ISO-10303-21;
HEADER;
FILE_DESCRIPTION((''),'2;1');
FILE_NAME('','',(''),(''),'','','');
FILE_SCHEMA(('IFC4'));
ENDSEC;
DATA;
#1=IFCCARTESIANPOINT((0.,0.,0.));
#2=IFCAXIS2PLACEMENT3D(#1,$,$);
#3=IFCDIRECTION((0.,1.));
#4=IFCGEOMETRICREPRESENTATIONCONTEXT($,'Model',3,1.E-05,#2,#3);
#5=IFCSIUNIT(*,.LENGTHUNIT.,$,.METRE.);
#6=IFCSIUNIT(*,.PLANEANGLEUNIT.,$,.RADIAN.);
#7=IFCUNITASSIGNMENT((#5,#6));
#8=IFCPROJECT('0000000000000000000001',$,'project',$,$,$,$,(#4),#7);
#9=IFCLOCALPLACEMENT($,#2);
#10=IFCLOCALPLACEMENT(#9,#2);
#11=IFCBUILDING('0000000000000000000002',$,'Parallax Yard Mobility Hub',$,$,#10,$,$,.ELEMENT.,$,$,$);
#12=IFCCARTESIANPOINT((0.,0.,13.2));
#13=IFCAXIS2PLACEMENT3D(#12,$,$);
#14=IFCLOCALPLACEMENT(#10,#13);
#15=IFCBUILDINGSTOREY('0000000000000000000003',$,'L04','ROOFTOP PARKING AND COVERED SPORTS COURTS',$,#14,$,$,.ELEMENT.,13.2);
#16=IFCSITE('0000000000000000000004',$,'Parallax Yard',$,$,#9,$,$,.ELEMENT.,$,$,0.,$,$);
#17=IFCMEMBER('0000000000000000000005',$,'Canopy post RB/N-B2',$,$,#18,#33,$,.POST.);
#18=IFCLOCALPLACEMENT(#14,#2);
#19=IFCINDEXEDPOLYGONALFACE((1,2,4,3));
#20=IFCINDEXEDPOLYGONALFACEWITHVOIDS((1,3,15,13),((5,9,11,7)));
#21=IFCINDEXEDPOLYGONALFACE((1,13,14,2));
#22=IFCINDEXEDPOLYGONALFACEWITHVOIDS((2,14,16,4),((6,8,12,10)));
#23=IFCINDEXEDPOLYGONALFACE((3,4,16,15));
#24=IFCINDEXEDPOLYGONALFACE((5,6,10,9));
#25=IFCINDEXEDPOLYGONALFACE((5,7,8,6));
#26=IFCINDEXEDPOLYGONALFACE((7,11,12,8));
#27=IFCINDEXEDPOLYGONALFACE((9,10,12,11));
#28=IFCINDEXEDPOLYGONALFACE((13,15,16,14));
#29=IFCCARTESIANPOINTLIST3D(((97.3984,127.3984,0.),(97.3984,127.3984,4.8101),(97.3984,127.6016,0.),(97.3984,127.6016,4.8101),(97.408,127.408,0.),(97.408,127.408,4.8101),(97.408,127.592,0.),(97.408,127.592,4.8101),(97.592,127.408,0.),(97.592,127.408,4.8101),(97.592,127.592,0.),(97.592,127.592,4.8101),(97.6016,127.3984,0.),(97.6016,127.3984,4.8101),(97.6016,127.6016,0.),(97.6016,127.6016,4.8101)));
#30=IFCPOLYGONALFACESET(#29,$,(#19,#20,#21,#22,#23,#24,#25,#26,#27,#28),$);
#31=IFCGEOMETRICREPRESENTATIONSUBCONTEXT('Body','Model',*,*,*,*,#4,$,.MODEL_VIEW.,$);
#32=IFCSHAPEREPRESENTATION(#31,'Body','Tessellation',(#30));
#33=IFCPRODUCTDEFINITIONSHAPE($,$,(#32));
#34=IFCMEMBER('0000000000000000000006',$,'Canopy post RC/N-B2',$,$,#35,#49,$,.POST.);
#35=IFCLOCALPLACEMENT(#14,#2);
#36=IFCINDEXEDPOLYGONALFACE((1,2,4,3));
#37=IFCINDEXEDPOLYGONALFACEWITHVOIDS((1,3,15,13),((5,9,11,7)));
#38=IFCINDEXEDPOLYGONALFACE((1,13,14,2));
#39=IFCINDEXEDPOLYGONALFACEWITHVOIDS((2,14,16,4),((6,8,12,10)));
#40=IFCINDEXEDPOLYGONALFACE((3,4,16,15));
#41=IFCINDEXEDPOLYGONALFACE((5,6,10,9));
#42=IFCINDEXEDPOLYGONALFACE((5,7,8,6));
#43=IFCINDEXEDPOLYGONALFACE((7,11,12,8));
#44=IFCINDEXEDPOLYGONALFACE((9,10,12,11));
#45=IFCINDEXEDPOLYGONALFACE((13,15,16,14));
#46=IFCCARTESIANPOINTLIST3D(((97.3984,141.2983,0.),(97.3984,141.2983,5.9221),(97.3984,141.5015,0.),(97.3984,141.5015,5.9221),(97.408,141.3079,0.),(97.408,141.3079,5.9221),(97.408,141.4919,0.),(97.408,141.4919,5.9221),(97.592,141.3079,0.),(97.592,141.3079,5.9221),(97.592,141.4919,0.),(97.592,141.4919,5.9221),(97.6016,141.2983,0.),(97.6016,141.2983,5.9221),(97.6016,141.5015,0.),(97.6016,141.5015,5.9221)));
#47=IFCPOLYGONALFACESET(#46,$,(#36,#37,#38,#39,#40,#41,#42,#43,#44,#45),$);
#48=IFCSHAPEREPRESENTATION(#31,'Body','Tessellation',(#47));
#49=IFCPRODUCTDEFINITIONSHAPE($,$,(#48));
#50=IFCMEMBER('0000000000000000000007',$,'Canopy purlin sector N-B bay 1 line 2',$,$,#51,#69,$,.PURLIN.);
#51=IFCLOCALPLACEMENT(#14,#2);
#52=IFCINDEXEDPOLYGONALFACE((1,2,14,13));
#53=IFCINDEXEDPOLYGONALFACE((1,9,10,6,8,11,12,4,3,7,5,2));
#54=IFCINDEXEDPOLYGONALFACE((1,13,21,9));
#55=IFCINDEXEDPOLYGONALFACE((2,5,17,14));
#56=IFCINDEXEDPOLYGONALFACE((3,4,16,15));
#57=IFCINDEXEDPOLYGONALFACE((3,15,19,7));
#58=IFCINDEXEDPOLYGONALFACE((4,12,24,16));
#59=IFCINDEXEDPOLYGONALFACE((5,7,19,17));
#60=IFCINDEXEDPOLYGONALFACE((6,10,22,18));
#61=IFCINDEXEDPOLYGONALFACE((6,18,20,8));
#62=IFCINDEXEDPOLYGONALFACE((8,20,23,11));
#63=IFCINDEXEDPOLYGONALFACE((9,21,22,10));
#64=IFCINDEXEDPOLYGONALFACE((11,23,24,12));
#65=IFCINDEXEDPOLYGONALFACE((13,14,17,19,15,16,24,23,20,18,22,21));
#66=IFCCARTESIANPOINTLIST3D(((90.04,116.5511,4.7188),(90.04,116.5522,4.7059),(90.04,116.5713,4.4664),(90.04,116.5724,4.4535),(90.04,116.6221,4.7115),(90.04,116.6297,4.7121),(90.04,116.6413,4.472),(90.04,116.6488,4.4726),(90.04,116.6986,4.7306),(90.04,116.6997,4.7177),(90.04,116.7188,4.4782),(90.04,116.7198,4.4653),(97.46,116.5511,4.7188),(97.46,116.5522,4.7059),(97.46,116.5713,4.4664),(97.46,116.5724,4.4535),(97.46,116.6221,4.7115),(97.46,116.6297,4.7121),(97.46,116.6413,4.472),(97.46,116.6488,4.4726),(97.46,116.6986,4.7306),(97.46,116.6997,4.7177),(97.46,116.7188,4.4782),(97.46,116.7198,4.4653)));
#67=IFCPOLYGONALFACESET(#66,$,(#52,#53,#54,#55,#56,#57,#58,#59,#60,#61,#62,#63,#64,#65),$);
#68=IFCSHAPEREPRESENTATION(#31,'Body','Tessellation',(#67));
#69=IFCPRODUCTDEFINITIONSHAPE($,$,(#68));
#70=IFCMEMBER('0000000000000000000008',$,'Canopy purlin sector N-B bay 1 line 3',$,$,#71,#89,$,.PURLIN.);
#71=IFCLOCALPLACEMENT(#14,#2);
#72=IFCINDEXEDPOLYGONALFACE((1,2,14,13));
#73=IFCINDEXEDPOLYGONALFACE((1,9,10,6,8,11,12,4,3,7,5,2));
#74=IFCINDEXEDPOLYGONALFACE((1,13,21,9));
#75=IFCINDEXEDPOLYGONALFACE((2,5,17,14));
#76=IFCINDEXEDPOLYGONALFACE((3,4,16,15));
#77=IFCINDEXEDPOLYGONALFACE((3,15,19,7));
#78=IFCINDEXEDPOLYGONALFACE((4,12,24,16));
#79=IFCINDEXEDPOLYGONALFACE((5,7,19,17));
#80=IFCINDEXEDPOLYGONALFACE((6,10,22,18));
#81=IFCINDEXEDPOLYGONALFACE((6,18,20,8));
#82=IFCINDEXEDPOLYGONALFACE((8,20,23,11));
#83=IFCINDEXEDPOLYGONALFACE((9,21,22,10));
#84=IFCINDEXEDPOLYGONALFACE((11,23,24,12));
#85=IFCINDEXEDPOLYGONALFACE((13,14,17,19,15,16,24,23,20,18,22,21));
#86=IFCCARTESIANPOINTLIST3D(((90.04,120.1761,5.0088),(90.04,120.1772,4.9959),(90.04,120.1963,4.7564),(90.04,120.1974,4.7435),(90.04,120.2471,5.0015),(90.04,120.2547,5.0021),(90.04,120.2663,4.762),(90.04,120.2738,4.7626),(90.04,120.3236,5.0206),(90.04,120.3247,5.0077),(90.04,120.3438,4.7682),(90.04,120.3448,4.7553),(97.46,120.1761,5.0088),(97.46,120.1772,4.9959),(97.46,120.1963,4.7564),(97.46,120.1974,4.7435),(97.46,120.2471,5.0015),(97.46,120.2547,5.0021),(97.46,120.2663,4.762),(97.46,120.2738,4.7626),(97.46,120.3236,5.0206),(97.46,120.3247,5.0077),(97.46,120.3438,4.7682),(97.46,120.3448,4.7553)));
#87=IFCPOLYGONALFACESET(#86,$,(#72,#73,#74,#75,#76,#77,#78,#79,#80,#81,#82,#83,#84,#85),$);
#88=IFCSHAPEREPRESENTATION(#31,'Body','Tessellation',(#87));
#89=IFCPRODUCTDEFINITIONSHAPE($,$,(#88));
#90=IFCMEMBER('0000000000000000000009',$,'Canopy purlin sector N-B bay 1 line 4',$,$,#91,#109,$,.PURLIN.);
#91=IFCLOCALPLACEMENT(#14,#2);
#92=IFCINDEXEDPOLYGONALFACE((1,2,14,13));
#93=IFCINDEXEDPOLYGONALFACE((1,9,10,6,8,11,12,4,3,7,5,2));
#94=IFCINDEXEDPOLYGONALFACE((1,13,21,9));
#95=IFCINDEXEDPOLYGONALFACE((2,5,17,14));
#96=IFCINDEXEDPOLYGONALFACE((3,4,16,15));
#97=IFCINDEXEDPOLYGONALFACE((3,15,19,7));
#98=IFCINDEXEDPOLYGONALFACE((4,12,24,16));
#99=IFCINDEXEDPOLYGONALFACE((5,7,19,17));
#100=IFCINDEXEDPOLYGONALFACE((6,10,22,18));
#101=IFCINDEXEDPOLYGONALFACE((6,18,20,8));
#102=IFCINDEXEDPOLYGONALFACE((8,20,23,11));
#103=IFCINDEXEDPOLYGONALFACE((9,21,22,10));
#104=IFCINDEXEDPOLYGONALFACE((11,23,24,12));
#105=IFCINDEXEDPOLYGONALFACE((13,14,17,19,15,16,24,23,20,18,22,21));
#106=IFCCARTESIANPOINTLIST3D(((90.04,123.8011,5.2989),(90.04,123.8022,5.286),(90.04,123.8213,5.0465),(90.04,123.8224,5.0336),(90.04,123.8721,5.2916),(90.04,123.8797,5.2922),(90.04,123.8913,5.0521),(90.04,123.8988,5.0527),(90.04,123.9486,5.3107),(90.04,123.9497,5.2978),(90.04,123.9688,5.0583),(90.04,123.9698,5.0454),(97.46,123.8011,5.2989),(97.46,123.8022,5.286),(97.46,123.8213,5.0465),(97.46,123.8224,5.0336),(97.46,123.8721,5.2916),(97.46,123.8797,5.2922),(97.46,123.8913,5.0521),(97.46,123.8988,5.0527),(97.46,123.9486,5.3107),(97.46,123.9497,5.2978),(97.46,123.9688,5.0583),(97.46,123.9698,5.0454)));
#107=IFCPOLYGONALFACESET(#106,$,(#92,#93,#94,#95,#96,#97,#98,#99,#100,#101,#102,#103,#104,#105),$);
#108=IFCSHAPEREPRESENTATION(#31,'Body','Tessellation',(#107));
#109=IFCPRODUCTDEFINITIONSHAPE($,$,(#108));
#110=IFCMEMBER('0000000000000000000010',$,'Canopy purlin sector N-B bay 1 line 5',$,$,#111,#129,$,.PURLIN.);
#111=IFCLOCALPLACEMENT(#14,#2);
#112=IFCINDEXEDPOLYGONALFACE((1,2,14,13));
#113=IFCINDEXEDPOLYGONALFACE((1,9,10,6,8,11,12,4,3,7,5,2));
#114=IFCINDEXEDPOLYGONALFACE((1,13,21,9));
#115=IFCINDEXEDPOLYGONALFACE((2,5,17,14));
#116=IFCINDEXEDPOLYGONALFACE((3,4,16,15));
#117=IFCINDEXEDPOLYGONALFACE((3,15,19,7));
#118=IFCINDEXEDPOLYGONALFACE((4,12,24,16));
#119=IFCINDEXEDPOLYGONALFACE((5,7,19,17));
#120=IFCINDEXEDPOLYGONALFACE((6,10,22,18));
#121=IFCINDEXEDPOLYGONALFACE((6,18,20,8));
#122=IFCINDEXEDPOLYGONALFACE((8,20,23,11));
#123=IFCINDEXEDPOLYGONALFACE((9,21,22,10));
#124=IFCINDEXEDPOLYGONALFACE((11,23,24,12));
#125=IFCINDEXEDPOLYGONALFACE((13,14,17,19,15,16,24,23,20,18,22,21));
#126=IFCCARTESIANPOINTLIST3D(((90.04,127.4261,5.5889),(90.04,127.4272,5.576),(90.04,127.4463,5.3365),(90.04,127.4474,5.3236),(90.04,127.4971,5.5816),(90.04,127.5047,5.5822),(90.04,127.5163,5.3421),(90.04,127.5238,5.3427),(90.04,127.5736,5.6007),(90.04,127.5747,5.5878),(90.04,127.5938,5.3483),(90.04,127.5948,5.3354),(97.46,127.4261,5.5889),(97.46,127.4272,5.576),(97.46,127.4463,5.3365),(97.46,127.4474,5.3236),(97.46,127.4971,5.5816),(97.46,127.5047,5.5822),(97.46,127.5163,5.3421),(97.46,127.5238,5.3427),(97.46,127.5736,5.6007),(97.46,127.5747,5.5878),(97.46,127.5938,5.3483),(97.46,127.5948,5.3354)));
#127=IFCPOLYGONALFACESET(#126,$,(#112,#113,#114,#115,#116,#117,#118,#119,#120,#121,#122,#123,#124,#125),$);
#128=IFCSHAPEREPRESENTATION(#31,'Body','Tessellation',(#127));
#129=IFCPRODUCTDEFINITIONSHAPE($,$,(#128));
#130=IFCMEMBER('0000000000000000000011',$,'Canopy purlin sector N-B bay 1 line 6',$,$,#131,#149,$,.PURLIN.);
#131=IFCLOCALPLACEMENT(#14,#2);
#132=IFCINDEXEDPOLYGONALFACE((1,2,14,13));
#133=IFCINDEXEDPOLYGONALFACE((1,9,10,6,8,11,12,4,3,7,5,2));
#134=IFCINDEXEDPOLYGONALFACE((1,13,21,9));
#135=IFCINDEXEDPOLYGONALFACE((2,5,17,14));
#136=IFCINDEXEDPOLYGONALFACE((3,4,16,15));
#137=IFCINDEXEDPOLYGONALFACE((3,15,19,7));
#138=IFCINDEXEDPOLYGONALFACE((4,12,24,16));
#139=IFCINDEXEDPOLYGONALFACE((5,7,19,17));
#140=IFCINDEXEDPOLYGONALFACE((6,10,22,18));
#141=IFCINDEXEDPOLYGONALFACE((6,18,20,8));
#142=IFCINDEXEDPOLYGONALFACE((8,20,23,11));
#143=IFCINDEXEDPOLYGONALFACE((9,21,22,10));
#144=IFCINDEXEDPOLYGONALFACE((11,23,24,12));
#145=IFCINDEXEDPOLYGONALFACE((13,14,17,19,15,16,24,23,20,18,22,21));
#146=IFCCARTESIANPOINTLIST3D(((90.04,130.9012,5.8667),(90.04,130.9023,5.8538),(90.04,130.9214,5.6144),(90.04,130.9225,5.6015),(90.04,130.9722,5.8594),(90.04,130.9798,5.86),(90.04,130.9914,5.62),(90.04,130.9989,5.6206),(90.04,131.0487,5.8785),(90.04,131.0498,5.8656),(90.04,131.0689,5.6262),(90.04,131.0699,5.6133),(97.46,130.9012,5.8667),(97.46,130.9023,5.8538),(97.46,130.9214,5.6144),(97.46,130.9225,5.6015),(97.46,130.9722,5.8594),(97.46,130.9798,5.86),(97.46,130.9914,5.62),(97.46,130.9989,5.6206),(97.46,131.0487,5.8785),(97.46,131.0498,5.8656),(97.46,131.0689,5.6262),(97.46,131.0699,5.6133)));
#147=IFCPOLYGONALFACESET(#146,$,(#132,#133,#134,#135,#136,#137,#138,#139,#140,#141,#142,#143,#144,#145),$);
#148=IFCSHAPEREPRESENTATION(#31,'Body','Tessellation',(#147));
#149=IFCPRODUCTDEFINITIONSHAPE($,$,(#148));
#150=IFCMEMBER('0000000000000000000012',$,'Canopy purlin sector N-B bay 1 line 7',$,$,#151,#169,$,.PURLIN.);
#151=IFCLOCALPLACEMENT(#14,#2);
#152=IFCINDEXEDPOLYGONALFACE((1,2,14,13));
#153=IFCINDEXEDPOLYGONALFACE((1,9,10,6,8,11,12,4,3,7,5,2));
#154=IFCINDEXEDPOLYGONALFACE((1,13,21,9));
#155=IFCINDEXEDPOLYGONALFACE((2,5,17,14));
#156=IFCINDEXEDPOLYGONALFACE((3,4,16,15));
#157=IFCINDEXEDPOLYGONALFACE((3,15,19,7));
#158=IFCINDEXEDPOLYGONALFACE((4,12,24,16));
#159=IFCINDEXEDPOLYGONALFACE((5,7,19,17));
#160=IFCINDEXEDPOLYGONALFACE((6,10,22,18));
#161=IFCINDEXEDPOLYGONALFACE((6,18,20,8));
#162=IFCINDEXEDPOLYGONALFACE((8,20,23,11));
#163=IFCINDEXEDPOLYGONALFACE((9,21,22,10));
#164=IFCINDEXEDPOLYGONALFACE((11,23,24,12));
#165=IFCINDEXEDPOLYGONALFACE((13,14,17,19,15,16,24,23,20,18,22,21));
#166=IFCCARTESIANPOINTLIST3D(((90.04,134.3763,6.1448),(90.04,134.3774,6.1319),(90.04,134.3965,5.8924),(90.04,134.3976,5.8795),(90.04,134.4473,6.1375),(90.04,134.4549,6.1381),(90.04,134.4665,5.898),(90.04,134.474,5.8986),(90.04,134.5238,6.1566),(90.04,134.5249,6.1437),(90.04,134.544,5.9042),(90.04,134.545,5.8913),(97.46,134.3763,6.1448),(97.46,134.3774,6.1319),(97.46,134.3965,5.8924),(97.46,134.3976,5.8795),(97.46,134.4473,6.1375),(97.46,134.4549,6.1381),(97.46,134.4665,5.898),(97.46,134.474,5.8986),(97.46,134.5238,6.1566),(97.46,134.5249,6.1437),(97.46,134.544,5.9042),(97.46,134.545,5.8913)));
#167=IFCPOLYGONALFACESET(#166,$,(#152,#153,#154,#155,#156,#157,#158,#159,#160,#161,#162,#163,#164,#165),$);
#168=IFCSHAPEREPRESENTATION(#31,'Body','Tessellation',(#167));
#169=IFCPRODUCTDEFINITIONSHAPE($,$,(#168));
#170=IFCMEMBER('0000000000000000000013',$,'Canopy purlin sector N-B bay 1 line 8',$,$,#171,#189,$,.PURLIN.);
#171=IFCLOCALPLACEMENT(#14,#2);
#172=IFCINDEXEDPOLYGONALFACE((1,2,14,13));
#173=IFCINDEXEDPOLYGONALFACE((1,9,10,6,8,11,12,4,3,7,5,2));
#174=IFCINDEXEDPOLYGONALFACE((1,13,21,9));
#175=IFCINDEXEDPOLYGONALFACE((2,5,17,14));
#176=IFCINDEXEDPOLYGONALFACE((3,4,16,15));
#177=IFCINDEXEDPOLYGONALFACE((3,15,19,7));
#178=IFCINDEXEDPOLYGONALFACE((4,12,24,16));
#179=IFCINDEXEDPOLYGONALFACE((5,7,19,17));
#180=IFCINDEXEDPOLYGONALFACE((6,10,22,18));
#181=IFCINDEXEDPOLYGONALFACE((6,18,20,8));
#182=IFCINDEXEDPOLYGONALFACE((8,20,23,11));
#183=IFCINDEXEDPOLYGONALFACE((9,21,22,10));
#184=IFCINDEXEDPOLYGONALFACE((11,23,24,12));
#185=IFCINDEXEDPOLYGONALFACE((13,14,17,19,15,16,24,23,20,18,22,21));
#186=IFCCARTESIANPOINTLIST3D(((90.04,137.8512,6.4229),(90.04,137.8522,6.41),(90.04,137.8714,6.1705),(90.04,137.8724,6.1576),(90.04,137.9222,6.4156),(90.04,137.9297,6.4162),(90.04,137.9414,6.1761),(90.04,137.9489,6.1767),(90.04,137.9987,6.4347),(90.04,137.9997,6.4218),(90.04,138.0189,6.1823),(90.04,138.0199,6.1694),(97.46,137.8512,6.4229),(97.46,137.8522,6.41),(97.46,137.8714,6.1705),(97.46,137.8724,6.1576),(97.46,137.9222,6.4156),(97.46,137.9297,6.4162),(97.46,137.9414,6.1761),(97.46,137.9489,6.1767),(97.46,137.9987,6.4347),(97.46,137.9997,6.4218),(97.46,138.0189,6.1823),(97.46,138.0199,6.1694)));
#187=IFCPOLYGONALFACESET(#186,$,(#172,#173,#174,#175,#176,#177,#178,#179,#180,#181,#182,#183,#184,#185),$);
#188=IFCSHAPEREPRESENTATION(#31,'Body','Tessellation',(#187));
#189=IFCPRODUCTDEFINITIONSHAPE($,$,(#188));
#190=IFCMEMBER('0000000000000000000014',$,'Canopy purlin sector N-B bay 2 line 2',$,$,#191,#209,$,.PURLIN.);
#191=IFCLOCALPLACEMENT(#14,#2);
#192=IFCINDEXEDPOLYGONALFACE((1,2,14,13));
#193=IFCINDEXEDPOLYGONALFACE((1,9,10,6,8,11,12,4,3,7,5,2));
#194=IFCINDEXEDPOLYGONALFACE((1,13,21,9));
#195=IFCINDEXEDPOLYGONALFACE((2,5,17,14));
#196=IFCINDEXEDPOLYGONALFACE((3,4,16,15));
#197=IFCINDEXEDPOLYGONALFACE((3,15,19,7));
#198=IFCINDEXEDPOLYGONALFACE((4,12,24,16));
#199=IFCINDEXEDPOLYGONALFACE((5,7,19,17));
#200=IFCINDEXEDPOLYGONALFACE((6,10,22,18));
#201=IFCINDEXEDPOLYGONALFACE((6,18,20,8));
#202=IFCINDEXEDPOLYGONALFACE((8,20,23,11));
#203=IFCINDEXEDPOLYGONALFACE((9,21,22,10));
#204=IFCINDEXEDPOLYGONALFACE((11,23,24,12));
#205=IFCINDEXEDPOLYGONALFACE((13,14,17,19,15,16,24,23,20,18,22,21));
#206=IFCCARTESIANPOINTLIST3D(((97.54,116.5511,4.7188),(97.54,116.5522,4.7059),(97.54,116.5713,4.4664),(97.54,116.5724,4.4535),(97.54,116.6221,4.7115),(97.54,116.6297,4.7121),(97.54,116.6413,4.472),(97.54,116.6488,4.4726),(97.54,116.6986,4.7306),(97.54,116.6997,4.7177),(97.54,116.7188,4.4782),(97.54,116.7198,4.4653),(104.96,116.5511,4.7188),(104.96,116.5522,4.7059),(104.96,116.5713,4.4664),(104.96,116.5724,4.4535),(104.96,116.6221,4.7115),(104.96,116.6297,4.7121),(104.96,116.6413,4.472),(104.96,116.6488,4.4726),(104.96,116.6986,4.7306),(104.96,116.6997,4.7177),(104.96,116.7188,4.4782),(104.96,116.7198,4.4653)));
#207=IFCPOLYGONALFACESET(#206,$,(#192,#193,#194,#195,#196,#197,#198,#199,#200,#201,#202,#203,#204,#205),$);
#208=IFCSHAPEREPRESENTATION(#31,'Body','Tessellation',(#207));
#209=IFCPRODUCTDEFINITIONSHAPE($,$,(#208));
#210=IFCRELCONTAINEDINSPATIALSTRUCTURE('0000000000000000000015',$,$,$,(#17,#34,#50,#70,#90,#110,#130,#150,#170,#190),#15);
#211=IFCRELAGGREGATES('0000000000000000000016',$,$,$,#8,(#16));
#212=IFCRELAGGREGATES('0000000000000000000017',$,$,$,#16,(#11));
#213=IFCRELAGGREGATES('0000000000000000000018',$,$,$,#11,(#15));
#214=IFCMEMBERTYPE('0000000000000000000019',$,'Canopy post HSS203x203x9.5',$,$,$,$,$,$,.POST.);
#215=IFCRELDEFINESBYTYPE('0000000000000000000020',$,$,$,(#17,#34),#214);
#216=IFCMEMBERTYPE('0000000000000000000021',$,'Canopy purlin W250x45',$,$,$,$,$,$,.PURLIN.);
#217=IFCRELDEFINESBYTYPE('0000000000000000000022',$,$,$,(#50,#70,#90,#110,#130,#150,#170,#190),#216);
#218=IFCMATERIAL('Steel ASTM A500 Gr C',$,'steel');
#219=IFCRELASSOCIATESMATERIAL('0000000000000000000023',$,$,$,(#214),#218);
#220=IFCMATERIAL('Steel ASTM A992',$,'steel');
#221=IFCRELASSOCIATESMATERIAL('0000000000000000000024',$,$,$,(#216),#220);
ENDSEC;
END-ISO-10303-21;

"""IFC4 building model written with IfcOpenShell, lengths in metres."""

from ifc_helpers import new_model, si_unit, direction, frame, origin, origin_2d, place, context, subcontext, project, spatial, hollow_rectangle, i_section, extrude, material, material_profile, profile_set, type_object, element, save


model = new_model("IFC4")

# Units and contexts
model_context = context("Model", 3, precision=1e-05, world=origin(), true_north=direction((0.0, 1.0)))
body_context = subcontext(model_context, "Body", "Model", "MODEL_VIEW")
ifc_project = project(units=[si_unit("LENGTHUNIT", "METRE"), si_unit("PLANEANGLEUNIT", "RADIAN")], contexts=[model_context])

# Site, building, storey
site_placement = place(None, origin())
site = spatial("IfcSite", under=ifc_project, at=site_placement, Name="Parallax Yard", CompositionType="ELEMENT", RefElevation=0.0)
building_placement = place(site_placement, origin())
building = spatial("IfcBuilding", under=site, at=building_placement, Name="Parallax Yard Mobility Hub", CompositionType="ELEMENT")
storey_placement = place(building_placement, frame((0.0, 0.0, 13.2)))
storey = spatial("IfcBuildingStorey", under=building, at=storey_placement, Name="L04", Description="ROOFTOP PARKING AND COVERED SPORTS COURTS", CompositionType="ELEMENT", Elevation=13.2)

# Members
ifc_material_1 = material(Name="Steel ASTM A500 Gr C", Category="steel")
ifc_material_profile_1 = material_profile(ifc_material_1, hollow_rectangle(XDim=0.2031, YDim=0.2031, WallThickness=0.0095, at=origin_2d()), Name="HSS203x203x9.5")
ifc_profile_set_1 = profile_set([ifc_material_profile_1], Name="Steel ASTM A500 Gr C")
member_type_1 = type_object("IfcMemberType", Name="Canopy post HSS203x203x9.5", PredefinedType="POST", material=ifc_profile_set_1)
member_1_placement = place(storey_placement, frame((97.5, 127.5, 0.0), z_axis=(0.0, 0.0, 1.0), x_axis=(1.0, 0.0, 0.0)))
element("IfcMember", 1, at=member_1_placement, inside=storey, type_object=member_type_1, Name="Canopy post RB/N-B2", PredefinedType="POST", context=body_context, shape_type="SweptSolid", body=[
    extrude(hollow_rectangle(XDim=0.2031, YDim=0.2031, WallThickness=0.0095, at=origin_2d()), origin(), (0.0, 0.0, 1.0), 4.8101),
])
member_2_placement = place(storey_placement, frame((97.5, 141.3999, 0.0), z_axis=(0.0, 0.0, 1.0), x_axis=(1.0, 0.0, 0.0)))
element("IfcMember", 2, at=member_2_placement, inside=storey, type_object=member_type_1, Name="Canopy post RC/N-B2", PredefinedType="POST", context=body_context, shape_type="SweptSolid", body=[
    extrude(hollow_rectangle(XDim=0.2031, YDim=0.2031, WallThickness=0.0095, at=origin_2d()), origin(), (0.0, 0.0, 1.0), 5.9221),
])
ifc_material_2 = material(Name="Steel ASTM A992", Category="steel")
ifc_material_profile_2 = material_profile(ifc_material_2, i_section(OverallWidth=0.1479, OverallDepth=0.2661, WebThickness=0.0076, FlangeThickness=0.0129, at=origin_2d()), Name="W250x45")
ifc_profile_set_2 = profile_set([ifc_material_profile_2], Name="Steel ASTM A992")
member_type_2 = type_object("IfcMemberType", Name="Canopy purlin W250x45", PredefinedType="PURLIN", material=ifc_profile_set_2)
for number, where, z_axis, x_axis, name in (
    (3, (90.04, 116.6355, 4.592), (1.0, 0.0, 0.0), (0.0, 0.996815, 0.079745), "Canopy purlin sector N-B bay 1 line 2"),
    (4, (90.04, 120.2605, 4.8821), (1.0, 0.0, 0.0), (0.0, 0.996815, 0.079745), "Canopy purlin sector N-B bay 1 line 3"),
    (5, (90.04, 123.8855, 5.1721), (1.0, 0.0, 0.0), (0.0, 0.996815, 0.079745), "Canopy purlin sector N-B bay 1 line 4"),
    (6, (90.04, 127.5105, 5.4622), (1.0, 0.0, 0.0), (0.0, 0.996815, 0.079745), "Canopy purlin sector N-B bay 1 line 5"),
    (7, (90.04, 130.9856, 5.74), (1.0, 0.0, 0.0), (0.0, 0.996815, 0.079745), "Canopy purlin sector N-B bay 1 line 6"),
    (8, (90.04, 134.4607, 6.0181), (1.0, 0.0, 0.0), (0.0, 0.996815, 0.079745), "Canopy purlin sector N-B bay 1 line 7"),
    (9, (90.04, 137.9355, 6.2961), (1.0, 0.0, 0.0), (0.0, 0.996815, 0.079745), "Canopy purlin sector N-B bay 1 line 8"),
    (10, (97.54, 116.6355, 4.592), (1.0, 0.0, 0.0), (0.0, 0.996815, 0.079745), "Canopy purlin sector N-B bay 2 line 2"),
):
    element("IfcMember", number, at=place(storey_placement, frame(where, z_axis=z_axis, x_axis=x_axis)), inside=storey, type_object=member_type_2, Name=name, PredefinedType="PURLIN", context=body_context, shape_type="SweptSolid", body=[
        extrude(i_section(OverallWidth=0.1479, OverallDepth=0.2661, WebThickness=0.0076, FlangeThickness=0.0129, at=origin_2d()), origin(), (0.0, 0.0, 1.0), 7.4199),
    ])

save(model, "model.ifc")
